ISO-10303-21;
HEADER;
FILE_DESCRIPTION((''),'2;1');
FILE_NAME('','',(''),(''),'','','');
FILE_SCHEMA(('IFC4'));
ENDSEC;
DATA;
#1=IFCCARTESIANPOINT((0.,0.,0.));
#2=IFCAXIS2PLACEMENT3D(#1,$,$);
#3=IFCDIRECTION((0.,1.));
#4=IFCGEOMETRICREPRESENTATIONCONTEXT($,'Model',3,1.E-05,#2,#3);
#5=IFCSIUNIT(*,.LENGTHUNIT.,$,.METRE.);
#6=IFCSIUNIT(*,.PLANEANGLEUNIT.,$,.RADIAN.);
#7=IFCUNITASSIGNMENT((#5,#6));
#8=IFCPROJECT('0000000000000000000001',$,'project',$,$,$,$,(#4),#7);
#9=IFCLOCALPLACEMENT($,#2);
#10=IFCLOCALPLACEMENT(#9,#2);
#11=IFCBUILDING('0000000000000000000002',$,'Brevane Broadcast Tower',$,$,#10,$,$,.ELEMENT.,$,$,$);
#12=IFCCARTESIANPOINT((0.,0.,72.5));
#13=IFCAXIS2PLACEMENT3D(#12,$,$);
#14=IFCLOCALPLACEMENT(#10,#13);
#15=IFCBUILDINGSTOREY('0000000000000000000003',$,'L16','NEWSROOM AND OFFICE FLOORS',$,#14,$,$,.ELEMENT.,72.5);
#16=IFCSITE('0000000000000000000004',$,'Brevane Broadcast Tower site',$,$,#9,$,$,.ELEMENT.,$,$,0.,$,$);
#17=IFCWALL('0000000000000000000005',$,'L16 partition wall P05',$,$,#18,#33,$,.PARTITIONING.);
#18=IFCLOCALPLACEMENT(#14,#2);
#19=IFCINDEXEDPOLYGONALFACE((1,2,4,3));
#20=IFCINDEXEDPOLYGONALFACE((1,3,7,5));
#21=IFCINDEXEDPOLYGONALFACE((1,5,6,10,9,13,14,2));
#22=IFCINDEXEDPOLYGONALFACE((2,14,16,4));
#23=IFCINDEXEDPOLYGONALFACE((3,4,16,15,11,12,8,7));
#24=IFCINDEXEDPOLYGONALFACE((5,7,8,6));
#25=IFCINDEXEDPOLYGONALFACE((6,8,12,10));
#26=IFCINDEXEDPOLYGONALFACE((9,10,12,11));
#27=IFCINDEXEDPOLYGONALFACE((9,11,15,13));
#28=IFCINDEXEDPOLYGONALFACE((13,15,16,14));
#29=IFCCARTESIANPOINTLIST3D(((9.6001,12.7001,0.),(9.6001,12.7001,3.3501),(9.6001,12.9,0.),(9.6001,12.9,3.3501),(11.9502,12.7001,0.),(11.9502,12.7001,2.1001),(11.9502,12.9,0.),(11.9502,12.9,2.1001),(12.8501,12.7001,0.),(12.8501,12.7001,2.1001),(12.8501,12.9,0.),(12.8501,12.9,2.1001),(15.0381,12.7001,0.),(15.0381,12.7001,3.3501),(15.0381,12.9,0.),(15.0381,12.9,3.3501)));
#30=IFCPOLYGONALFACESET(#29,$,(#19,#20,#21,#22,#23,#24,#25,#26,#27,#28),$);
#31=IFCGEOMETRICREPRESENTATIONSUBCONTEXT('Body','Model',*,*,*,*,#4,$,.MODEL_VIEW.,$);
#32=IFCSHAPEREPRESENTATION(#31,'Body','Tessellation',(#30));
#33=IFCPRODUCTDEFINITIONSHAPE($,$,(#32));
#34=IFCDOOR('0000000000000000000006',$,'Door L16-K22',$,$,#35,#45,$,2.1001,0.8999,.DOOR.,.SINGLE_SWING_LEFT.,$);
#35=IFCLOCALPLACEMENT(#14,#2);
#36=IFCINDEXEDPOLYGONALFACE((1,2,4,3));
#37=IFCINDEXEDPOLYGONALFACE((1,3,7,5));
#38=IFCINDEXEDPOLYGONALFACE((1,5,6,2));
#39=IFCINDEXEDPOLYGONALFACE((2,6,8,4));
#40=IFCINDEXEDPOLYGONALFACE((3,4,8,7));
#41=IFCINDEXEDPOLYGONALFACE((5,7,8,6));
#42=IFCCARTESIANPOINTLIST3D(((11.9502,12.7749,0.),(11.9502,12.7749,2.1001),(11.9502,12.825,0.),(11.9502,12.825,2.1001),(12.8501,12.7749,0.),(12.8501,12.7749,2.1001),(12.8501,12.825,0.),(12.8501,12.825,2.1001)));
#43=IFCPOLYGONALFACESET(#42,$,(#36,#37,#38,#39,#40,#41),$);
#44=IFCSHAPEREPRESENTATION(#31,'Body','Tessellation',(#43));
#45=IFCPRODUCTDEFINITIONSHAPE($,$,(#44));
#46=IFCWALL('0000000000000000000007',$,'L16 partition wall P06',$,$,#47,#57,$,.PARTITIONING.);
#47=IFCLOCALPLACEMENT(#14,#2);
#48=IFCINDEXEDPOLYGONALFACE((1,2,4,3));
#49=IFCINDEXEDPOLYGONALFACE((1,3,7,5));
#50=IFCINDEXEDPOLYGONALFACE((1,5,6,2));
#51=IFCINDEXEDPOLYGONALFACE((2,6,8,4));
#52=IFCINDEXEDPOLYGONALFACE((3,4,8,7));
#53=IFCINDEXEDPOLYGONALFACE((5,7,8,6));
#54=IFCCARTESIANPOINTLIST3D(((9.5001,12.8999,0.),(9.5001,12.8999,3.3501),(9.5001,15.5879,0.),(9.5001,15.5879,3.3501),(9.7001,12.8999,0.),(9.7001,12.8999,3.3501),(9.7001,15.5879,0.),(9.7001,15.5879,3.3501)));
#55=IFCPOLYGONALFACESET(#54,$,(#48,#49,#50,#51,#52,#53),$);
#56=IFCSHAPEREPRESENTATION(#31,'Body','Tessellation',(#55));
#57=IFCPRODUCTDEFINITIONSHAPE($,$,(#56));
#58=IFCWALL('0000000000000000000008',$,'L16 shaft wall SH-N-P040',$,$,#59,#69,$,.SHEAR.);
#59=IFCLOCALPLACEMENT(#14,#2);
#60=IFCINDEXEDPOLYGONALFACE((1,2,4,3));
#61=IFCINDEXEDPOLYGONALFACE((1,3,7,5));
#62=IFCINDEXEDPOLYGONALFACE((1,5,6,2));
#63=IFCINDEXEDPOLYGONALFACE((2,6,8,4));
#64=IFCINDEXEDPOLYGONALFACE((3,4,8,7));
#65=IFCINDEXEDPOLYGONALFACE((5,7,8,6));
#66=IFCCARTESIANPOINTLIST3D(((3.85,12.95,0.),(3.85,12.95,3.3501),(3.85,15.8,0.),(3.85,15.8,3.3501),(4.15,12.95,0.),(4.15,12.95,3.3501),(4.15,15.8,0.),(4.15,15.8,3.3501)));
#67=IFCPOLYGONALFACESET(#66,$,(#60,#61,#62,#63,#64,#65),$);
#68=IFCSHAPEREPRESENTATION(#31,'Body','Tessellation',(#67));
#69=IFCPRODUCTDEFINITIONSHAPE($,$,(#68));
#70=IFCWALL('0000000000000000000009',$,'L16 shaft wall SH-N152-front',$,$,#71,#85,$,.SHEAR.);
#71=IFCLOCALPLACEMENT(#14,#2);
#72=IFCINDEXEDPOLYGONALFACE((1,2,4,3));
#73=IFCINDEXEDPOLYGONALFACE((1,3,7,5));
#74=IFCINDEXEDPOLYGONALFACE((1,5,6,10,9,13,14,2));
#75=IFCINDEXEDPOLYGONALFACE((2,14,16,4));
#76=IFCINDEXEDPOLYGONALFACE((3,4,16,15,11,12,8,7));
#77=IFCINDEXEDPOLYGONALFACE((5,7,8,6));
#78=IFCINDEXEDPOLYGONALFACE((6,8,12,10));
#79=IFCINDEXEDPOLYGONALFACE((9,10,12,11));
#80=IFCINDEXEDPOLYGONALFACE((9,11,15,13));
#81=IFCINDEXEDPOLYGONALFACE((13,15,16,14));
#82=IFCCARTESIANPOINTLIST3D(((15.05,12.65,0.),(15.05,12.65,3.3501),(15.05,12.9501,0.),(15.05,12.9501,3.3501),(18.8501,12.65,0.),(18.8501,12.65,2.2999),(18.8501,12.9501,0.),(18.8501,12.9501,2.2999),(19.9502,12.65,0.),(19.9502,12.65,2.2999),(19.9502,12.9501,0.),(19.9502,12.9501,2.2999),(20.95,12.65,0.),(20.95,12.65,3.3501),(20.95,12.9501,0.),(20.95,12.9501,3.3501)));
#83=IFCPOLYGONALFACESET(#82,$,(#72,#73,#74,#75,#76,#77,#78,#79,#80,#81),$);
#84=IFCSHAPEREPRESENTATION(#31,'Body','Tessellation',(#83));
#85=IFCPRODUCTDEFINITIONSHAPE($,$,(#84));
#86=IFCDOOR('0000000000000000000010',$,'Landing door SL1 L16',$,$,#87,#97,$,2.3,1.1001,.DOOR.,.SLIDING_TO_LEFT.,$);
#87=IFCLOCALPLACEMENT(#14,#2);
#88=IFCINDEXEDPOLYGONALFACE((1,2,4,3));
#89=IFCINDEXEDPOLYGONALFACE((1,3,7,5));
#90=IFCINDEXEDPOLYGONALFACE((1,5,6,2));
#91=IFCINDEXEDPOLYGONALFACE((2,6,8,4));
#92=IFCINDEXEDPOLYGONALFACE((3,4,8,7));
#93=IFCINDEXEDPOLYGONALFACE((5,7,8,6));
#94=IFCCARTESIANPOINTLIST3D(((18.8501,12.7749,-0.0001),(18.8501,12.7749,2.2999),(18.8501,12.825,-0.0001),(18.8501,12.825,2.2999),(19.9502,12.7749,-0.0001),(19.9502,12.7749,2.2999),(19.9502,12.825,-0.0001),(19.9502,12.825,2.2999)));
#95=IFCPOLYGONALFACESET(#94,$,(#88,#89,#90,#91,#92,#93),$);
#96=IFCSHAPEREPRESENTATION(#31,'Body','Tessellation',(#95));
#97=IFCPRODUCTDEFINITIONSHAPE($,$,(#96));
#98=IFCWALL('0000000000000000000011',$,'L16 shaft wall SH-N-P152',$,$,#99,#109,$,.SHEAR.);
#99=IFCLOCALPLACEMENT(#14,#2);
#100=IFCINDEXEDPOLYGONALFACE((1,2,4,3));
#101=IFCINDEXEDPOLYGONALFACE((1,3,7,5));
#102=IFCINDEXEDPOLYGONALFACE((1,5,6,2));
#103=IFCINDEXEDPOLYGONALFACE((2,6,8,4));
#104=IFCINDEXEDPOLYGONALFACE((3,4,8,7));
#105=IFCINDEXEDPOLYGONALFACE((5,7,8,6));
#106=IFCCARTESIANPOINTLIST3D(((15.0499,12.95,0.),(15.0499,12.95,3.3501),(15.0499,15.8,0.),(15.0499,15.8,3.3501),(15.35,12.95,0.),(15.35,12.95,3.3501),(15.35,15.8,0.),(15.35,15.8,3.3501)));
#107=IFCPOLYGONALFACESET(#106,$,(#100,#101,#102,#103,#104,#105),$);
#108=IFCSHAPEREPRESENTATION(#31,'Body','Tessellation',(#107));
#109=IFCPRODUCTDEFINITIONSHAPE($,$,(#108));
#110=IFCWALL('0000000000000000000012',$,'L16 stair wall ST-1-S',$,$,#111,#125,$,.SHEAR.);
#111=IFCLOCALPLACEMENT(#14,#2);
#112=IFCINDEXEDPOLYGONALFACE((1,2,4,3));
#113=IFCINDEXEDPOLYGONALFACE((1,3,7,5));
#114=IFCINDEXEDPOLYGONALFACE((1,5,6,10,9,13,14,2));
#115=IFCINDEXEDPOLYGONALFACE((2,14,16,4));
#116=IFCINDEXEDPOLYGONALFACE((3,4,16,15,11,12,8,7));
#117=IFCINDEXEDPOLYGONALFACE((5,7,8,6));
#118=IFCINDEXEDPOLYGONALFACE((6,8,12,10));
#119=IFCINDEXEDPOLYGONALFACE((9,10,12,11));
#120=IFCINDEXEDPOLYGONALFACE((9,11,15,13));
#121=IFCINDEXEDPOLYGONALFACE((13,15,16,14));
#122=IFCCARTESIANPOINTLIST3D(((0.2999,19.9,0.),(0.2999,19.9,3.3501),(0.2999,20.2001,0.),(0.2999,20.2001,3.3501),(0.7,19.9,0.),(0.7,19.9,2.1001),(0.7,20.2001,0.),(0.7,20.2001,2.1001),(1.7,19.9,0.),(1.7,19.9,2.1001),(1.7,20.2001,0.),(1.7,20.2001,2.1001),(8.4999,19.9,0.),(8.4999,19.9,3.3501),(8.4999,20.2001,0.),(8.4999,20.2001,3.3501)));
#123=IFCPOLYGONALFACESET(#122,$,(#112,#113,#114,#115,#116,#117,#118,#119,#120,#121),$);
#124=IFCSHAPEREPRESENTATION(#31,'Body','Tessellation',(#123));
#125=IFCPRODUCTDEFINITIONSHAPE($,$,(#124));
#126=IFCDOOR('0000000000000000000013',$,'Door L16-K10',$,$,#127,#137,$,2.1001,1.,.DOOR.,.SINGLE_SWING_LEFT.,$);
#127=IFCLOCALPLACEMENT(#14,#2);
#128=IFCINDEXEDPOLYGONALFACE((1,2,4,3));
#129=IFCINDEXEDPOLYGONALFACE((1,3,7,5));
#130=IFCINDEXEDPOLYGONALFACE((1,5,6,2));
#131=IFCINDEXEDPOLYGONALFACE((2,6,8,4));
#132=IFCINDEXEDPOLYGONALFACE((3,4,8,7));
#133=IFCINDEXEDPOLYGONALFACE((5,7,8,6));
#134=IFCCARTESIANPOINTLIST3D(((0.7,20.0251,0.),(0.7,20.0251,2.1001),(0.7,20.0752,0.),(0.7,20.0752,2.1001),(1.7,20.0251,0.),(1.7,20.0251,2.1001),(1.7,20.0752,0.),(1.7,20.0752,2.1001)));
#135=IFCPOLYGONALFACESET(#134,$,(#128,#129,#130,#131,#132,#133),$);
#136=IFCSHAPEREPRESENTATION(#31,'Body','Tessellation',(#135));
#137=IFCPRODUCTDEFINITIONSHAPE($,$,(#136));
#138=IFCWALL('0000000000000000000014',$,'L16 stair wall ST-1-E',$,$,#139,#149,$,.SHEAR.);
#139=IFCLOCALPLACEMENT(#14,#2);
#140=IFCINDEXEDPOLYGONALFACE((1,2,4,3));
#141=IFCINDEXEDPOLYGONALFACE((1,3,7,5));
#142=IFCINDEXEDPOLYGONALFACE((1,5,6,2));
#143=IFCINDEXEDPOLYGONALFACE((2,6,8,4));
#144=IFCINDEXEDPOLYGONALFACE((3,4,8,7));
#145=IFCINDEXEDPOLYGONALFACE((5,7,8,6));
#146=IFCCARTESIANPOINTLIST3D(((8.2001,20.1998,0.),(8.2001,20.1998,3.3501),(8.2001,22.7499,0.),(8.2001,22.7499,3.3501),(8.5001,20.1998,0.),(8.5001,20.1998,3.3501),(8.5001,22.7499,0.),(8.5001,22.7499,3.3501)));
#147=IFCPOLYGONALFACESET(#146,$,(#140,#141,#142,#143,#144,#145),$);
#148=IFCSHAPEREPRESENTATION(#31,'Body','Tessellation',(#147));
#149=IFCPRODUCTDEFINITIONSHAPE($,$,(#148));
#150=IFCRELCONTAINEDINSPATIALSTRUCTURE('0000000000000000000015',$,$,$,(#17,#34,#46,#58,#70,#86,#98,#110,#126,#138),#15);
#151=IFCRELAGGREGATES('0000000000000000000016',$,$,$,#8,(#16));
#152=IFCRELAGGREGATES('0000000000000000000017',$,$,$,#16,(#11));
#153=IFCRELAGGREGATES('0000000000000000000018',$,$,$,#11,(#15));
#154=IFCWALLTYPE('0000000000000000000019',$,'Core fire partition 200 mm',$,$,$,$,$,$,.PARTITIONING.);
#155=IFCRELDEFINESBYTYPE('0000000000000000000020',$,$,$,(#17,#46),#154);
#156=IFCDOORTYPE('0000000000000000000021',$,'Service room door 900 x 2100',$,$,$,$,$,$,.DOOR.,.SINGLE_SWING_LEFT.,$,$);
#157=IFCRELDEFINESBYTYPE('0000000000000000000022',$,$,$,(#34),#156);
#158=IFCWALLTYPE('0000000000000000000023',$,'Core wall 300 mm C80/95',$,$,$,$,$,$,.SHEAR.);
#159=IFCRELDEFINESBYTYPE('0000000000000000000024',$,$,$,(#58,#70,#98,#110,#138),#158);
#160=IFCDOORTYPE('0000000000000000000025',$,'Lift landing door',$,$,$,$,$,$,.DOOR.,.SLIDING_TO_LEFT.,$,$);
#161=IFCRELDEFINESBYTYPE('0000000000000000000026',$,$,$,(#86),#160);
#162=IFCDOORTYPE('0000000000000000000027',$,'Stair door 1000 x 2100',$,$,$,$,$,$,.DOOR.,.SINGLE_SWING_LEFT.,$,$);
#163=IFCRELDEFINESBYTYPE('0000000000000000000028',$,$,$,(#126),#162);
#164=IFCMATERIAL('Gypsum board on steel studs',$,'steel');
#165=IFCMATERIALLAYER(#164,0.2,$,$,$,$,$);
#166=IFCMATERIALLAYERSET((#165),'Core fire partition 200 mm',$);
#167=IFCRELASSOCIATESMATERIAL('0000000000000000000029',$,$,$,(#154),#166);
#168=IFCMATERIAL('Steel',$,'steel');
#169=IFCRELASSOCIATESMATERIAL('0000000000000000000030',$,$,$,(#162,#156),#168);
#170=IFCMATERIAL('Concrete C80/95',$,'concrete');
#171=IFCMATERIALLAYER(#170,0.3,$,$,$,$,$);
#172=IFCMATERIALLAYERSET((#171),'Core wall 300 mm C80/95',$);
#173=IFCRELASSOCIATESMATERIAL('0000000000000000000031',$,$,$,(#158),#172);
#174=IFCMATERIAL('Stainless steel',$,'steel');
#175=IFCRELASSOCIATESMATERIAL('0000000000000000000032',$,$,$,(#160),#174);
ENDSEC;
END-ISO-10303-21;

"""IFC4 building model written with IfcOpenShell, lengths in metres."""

from ifc_helpers import new_model, si_unit, direction, frame, frame_2d, origin, place, context, subcontext, project, spatial, rectangle, extrude, material, layer, layer_set, type_object, element, fill, save


model = new_model("IFC4")

# Units and contexts
model_context = context("Model", 3, precision=1e-05, world=origin(), true_north=direction((0.0, 1.0)))
body_context = subcontext(model_context, "Body", "Model", "MODEL_VIEW")
ifc_project = project(units=[si_unit("LENGTHUNIT", "METRE"), si_unit("PLANEANGLEUNIT", "RADIAN")], contexts=[model_context])

# Site, building, storey
site_placement = place(None, origin())
site = spatial("IfcSite", under=ifc_project, at=site_placement, Name="Brevane Broadcast Tower site", CompositionType="ELEMENT", RefElevation=0.0)
building_placement = place(site_placement, origin())
building = spatial("IfcBuilding", under=site, at=building_placement, Name="Brevane Broadcast Tower", CompositionType="ELEMENT")
storey_placement = place(building_placement, frame((0.0, 0.0, 72.5)))
storey = spatial("IfcBuildingStorey", under=building, at=storey_placement, Name="L16", Description="NEWSROOM AND OFFICE FLOORS", CompositionType="ELEMENT", Elevation=72.5)

# Shared definitions
ifc_material_1 = material(Name="Gypsum board on steel studs", Category="steel")
ifc_material_2 = material(Name="Steel", Category="steel")

# Wall, opening, door
ifc_layer_1 = layer(ifc_material_1, 0.2)
ifc_layer_set_1 = layer_set([ifc_layer_1], Name="Core fire partition 200 mm")
wall_type_1 = type_object("IfcWallType", Name="Core fire partition 200 mm", PredefinedType="PARTITIONING", material=ifc_layer_set_1)
door_type_1 = type_object("IfcDoorType", Name="Stair door 1000 x 2100", OperationType="SINGLE_SWING_LEFT", PredefinedType="DOOR", material=ifc_material_2)
door_type_2 = type_object("IfcDoorType", Name="Service room door 900 x 2100", OperationType="SINGLE_SWING_LEFT", PredefinedType="DOOR", material=ifc_material_2)
wall_1_placement = place(storey_placement, frame((9.6001, 12.8, 0.0), z_axis=(0.0, 0.0, 1.0), x_axis=(1.0, 0.0, 0.0)))
wall_1 = element("IfcWall", 1, at=wall_1_placement, inside=storey, type_object=wall_type_1, Name="L16 partition wall P05", PredefinedType="PARTITIONING", context=body_context, shape_type="SweptSolid", body=[
    extrude(rectangle(XDim=5.438, YDim=0.2, at=frame_2d((2.719, 0.0))), origin(), (0.0, 0.0, 1.0), 3.3501),
])
opening_1_placement = place(wall_1_placement, frame((2.3501, 0.0, 0.0)))
opening_1 = element("IfcOpeningElement", 2, at=opening_1_placement, cuts=wall_1, PredefinedType="OPENING", context=body_context, shape_type="SweptSolid", body=[
    extrude(rectangle(XDim=0.8999, YDim=2.1001, at=frame_2d((0.45, 1.05))), frame((0.0, 0.1099, 0.0), z_axis=(0.0, -1.0, 0.0), x_axis=(1.0, 0.0, 0.0)), (0.0, 0.0, 1.0), 0.22),
])
door_1_placement = place(opening_1_placement, origin())
door_1 = element("IfcDoor", 3, at=door_1_placement, inside=storey, type_object=door_type_2, Name="Door L16-K22", OperationType="SINGLE_SWING_LEFT", OverallHeight=2.1001, OverallWidth=0.8999, PredefinedType="DOOR", context=body_context, shape_type="SweptSolid", body=[
    extrude(rectangle(XDim=0.8999, YDim=2.1001, at=frame_2d((0.45, 1.05))), frame((0.0, 0.0249, 0.0), z_axis=(0.0, -1.0, 0.0), x_axis=(1.0, 0.0, 0.0)), (0.0, 0.0, 1.0), 0.05),
])
fill(opening_1, door_1)

# Walls
wall_2_placement = place(storey_placement, frame((9.6001, 15.5879, 0.0), z_axis=(0.0, 0.0, 1.0), x_axis=(0.0, -1.0, 0.0)))
element("IfcWall", 4, at=wall_2_placement, inside=storey, type_object=wall_type_1, Name="L16 partition wall P06", PredefinedType="PARTITIONING", context=body_context, shape_type="SweptSolid", body=[
    extrude(rectangle(XDim=2.688, YDim=0.2, at=frame_2d((1.344, 0.0))), origin(), (0.0, 0.0, 1.0), 3.3501),
])
ifc_material_3 = material(Name="Concrete C80/95", Category="concrete")
ifc_layer_2 = layer(ifc_material_3, 0.3)
ifc_layer_set_2 = layer_set([ifc_layer_2], Name="Core wall 300 mm C80/95")
wall_type_2 = type_object("IfcWallType", Name="Core wall 300 mm C80/95", PredefinedType="SHEAR", material=ifc_layer_set_2)
wall_3_placement = place(storey_placement, frame((4.0, 12.95, 0.0), z_axis=(0.0, 0.0, 1.0), x_axis=(0.0, 1.0, 0.0)))
element("IfcWall", 5, at=wall_3_placement, inside=storey, type_object=wall_type_2, Name="L16 shaft wall SH-N-P040", PredefinedType="SHEAR", context=body_context, shape_type="SweptSolid", body=[
    extrude(rectangle(XDim=2.8501, YDim=0.3, at=frame_2d((1.425, 0.0))), origin(), (0.0, 0.0, 1.0), 3.3501),
])

# Wall, opening, door
wall_4_placement = place(storey_placement, frame((15.05, 12.8, 0.0), z_axis=(0.0, 0.0, 1.0), x_axis=(1.0, 0.0, 0.0)))
wall_4 = element("IfcWall", 6, at=wall_4_placement, inside=storey, type_object=wall_type_2, Name="L16 shaft wall SH-N152-front", PredefinedType="SHEAR", context=body_context, shape_type="SweptSolid", body=[
    extrude(rectangle(XDim=5.8999, YDim=0.3, at=frame_2d((2.95, 0.0))), origin(), (0.0, 0.0, 1.0), 3.3501),
])
opening_2_placement = place(wall_4_placement, frame((3.8, 0.0, 0.0)))
opening_2 = element("IfcOpeningElement", 7, at=opening_2_placement, cuts=wall_4, PredefinedType="OPENING", context=body_context, shape_type="SweptSolid", body=[
    extrude(rectangle(XDim=1.1001, YDim=2.3, at=frame_2d((0.55, 1.1499))), frame((0.0, 0.1599, 0.0), z_axis=(0.0, -1.0, 0.0), x_axis=(1.0, 0.0, 0.0)), (0.0, 0.0, 1.0), 0.3201),
])
ifc_material_4 = material(Name="Stainless steel", Category="steel")
door_type_3 = type_object("IfcDoorType", Name="Lift landing door", OperationType="SLIDING_TO_LEFT", PredefinedType="DOOR", material=ifc_material_4)
door_2_placement = place(opening_2_placement, origin())
door_2 = element("IfcDoor", 8, at=door_2_placement, inside=storey, type_object=door_type_3, Name="Landing door SL1 L16", OperationType="SLIDING_TO_LEFT", OverallHeight=2.3, OverallWidth=1.1001, PredefinedType="DOOR", context=body_context, shape_type="SweptSolid", body=[
    extrude(rectangle(XDim=1.1001, YDim=2.3, at=frame_2d((0.55, 1.1499))), frame((0.0, 0.0249, 0.0), z_axis=(0.0, -1.0, 0.0), x_axis=(1.0, 0.0, 0.0)), (0.0, 0.0, 1.0), 0.05),
])
fill(opening_2, door_2)

# Wall
wall_5_placement = place(storey_placement, frame((15.2, 12.95, 0.0), z_axis=(0.0, 0.0, 1.0), x_axis=(0.0, 1.0, 0.0)))
element("IfcWall", 9, at=wall_5_placement, inside=storey, type_object=wall_type_2, Name="L16 shaft wall SH-N-P152", PredefinedType="SHEAR", context=body_context, shape_type="SweptSolid", body=[
    extrude(rectangle(XDim=2.8501, YDim=0.3, at=frame_2d((1.425, 0.0))), origin(), (0.0, 0.0, 1.0), 3.3501),
])

# Wall, opening, door
wall_6_placement = place(storey_placement, frame((8.5, 20.05, 0.0), z_axis=(0.0, 0.0, 1.0), x_axis=(-1.0, 0.0, 0.0)))
wall_6 = element("IfcWall", 10, at=wall_6_placement, inside=storey, type_object=wall_type_2, Name="L16 stair wall ST-1-S", PredefinedType="SHEAR", context=body_context, shape_type="SweptSolid", body=[
    extrude(rectangle(XDim=8.2, YDim=0.3, at=frame_2d((4.1001, 0.0))), origin(), (0.0, 0.0, 1.0), 3.3501),
])
opening_3_placement = place(wall_6_placement, frame((6.8, 0.0, 0.0)))
opening_3 = element("IfcOpeningElement", 11, at=opening_3_placement, cuts=wall_6, PredefinedType="OPENING", context=body_context, shape_type="SweptSolid", body=[
    extrude(rectangle(XDim=1.0, YDim=2.1001, at=frame_2d((0.5, 1.05))), frame((0.0, 0.1599, 0.0), z_axis=(0.0, -1.0, 0.0), x_axis=(1.0, 0.0, 0.0)), (0.0, 0.0, 1.0), 0.3201),
])
door_3_placement = place(opening_3_placement, origin())
door_3 = element("IfcDoor", 12, at=door_3_placement, inside=storey, type_object=door_type_1, Name="Door L16-K10", OperationType="SINGLE_SWING_LEFT", OverallHeight=2.1001, OverallWidth=1.0, PredefinedType="DOOR", context=body_context, shape_type="SweptSolid", body=[
    extrude(rectangle(XDim=1.0, YDim=2.1001, at=frame_2d((0.5, 1.05))), frame((0.0, 0.0249, 0.0), z_axis=(0.0, -1.0, 0.0), x_axis=(1.0, 0.0, 0.0)), (0.0, 0.0, 1.0), 0.05),
])
fill(opening_3, door_3)

# Wall
wall_7_placement = place(storey_placement, frame((8.3501, 20.2, 0.0), z_axis=(0.0, 0.0, 1.0), x_axis=(0.0, 1.0, 0.0)))
element("IfcWall", 13, at=wall_7_placement, inside=storey, type_object=wall_type_2, Name="L16 stair wall ST-1-E", PredefinedType="SHEAR", context=body_context, shape_type="SweptSolid", body=[
    extrude(rectangle(XDim=2.55, YDim=0.3, at=frame_2d((1.2749, 0.0))), origin(), (0.0, 0.0, 1.0), 3.3501),
])

save(model, "model.ifc")
